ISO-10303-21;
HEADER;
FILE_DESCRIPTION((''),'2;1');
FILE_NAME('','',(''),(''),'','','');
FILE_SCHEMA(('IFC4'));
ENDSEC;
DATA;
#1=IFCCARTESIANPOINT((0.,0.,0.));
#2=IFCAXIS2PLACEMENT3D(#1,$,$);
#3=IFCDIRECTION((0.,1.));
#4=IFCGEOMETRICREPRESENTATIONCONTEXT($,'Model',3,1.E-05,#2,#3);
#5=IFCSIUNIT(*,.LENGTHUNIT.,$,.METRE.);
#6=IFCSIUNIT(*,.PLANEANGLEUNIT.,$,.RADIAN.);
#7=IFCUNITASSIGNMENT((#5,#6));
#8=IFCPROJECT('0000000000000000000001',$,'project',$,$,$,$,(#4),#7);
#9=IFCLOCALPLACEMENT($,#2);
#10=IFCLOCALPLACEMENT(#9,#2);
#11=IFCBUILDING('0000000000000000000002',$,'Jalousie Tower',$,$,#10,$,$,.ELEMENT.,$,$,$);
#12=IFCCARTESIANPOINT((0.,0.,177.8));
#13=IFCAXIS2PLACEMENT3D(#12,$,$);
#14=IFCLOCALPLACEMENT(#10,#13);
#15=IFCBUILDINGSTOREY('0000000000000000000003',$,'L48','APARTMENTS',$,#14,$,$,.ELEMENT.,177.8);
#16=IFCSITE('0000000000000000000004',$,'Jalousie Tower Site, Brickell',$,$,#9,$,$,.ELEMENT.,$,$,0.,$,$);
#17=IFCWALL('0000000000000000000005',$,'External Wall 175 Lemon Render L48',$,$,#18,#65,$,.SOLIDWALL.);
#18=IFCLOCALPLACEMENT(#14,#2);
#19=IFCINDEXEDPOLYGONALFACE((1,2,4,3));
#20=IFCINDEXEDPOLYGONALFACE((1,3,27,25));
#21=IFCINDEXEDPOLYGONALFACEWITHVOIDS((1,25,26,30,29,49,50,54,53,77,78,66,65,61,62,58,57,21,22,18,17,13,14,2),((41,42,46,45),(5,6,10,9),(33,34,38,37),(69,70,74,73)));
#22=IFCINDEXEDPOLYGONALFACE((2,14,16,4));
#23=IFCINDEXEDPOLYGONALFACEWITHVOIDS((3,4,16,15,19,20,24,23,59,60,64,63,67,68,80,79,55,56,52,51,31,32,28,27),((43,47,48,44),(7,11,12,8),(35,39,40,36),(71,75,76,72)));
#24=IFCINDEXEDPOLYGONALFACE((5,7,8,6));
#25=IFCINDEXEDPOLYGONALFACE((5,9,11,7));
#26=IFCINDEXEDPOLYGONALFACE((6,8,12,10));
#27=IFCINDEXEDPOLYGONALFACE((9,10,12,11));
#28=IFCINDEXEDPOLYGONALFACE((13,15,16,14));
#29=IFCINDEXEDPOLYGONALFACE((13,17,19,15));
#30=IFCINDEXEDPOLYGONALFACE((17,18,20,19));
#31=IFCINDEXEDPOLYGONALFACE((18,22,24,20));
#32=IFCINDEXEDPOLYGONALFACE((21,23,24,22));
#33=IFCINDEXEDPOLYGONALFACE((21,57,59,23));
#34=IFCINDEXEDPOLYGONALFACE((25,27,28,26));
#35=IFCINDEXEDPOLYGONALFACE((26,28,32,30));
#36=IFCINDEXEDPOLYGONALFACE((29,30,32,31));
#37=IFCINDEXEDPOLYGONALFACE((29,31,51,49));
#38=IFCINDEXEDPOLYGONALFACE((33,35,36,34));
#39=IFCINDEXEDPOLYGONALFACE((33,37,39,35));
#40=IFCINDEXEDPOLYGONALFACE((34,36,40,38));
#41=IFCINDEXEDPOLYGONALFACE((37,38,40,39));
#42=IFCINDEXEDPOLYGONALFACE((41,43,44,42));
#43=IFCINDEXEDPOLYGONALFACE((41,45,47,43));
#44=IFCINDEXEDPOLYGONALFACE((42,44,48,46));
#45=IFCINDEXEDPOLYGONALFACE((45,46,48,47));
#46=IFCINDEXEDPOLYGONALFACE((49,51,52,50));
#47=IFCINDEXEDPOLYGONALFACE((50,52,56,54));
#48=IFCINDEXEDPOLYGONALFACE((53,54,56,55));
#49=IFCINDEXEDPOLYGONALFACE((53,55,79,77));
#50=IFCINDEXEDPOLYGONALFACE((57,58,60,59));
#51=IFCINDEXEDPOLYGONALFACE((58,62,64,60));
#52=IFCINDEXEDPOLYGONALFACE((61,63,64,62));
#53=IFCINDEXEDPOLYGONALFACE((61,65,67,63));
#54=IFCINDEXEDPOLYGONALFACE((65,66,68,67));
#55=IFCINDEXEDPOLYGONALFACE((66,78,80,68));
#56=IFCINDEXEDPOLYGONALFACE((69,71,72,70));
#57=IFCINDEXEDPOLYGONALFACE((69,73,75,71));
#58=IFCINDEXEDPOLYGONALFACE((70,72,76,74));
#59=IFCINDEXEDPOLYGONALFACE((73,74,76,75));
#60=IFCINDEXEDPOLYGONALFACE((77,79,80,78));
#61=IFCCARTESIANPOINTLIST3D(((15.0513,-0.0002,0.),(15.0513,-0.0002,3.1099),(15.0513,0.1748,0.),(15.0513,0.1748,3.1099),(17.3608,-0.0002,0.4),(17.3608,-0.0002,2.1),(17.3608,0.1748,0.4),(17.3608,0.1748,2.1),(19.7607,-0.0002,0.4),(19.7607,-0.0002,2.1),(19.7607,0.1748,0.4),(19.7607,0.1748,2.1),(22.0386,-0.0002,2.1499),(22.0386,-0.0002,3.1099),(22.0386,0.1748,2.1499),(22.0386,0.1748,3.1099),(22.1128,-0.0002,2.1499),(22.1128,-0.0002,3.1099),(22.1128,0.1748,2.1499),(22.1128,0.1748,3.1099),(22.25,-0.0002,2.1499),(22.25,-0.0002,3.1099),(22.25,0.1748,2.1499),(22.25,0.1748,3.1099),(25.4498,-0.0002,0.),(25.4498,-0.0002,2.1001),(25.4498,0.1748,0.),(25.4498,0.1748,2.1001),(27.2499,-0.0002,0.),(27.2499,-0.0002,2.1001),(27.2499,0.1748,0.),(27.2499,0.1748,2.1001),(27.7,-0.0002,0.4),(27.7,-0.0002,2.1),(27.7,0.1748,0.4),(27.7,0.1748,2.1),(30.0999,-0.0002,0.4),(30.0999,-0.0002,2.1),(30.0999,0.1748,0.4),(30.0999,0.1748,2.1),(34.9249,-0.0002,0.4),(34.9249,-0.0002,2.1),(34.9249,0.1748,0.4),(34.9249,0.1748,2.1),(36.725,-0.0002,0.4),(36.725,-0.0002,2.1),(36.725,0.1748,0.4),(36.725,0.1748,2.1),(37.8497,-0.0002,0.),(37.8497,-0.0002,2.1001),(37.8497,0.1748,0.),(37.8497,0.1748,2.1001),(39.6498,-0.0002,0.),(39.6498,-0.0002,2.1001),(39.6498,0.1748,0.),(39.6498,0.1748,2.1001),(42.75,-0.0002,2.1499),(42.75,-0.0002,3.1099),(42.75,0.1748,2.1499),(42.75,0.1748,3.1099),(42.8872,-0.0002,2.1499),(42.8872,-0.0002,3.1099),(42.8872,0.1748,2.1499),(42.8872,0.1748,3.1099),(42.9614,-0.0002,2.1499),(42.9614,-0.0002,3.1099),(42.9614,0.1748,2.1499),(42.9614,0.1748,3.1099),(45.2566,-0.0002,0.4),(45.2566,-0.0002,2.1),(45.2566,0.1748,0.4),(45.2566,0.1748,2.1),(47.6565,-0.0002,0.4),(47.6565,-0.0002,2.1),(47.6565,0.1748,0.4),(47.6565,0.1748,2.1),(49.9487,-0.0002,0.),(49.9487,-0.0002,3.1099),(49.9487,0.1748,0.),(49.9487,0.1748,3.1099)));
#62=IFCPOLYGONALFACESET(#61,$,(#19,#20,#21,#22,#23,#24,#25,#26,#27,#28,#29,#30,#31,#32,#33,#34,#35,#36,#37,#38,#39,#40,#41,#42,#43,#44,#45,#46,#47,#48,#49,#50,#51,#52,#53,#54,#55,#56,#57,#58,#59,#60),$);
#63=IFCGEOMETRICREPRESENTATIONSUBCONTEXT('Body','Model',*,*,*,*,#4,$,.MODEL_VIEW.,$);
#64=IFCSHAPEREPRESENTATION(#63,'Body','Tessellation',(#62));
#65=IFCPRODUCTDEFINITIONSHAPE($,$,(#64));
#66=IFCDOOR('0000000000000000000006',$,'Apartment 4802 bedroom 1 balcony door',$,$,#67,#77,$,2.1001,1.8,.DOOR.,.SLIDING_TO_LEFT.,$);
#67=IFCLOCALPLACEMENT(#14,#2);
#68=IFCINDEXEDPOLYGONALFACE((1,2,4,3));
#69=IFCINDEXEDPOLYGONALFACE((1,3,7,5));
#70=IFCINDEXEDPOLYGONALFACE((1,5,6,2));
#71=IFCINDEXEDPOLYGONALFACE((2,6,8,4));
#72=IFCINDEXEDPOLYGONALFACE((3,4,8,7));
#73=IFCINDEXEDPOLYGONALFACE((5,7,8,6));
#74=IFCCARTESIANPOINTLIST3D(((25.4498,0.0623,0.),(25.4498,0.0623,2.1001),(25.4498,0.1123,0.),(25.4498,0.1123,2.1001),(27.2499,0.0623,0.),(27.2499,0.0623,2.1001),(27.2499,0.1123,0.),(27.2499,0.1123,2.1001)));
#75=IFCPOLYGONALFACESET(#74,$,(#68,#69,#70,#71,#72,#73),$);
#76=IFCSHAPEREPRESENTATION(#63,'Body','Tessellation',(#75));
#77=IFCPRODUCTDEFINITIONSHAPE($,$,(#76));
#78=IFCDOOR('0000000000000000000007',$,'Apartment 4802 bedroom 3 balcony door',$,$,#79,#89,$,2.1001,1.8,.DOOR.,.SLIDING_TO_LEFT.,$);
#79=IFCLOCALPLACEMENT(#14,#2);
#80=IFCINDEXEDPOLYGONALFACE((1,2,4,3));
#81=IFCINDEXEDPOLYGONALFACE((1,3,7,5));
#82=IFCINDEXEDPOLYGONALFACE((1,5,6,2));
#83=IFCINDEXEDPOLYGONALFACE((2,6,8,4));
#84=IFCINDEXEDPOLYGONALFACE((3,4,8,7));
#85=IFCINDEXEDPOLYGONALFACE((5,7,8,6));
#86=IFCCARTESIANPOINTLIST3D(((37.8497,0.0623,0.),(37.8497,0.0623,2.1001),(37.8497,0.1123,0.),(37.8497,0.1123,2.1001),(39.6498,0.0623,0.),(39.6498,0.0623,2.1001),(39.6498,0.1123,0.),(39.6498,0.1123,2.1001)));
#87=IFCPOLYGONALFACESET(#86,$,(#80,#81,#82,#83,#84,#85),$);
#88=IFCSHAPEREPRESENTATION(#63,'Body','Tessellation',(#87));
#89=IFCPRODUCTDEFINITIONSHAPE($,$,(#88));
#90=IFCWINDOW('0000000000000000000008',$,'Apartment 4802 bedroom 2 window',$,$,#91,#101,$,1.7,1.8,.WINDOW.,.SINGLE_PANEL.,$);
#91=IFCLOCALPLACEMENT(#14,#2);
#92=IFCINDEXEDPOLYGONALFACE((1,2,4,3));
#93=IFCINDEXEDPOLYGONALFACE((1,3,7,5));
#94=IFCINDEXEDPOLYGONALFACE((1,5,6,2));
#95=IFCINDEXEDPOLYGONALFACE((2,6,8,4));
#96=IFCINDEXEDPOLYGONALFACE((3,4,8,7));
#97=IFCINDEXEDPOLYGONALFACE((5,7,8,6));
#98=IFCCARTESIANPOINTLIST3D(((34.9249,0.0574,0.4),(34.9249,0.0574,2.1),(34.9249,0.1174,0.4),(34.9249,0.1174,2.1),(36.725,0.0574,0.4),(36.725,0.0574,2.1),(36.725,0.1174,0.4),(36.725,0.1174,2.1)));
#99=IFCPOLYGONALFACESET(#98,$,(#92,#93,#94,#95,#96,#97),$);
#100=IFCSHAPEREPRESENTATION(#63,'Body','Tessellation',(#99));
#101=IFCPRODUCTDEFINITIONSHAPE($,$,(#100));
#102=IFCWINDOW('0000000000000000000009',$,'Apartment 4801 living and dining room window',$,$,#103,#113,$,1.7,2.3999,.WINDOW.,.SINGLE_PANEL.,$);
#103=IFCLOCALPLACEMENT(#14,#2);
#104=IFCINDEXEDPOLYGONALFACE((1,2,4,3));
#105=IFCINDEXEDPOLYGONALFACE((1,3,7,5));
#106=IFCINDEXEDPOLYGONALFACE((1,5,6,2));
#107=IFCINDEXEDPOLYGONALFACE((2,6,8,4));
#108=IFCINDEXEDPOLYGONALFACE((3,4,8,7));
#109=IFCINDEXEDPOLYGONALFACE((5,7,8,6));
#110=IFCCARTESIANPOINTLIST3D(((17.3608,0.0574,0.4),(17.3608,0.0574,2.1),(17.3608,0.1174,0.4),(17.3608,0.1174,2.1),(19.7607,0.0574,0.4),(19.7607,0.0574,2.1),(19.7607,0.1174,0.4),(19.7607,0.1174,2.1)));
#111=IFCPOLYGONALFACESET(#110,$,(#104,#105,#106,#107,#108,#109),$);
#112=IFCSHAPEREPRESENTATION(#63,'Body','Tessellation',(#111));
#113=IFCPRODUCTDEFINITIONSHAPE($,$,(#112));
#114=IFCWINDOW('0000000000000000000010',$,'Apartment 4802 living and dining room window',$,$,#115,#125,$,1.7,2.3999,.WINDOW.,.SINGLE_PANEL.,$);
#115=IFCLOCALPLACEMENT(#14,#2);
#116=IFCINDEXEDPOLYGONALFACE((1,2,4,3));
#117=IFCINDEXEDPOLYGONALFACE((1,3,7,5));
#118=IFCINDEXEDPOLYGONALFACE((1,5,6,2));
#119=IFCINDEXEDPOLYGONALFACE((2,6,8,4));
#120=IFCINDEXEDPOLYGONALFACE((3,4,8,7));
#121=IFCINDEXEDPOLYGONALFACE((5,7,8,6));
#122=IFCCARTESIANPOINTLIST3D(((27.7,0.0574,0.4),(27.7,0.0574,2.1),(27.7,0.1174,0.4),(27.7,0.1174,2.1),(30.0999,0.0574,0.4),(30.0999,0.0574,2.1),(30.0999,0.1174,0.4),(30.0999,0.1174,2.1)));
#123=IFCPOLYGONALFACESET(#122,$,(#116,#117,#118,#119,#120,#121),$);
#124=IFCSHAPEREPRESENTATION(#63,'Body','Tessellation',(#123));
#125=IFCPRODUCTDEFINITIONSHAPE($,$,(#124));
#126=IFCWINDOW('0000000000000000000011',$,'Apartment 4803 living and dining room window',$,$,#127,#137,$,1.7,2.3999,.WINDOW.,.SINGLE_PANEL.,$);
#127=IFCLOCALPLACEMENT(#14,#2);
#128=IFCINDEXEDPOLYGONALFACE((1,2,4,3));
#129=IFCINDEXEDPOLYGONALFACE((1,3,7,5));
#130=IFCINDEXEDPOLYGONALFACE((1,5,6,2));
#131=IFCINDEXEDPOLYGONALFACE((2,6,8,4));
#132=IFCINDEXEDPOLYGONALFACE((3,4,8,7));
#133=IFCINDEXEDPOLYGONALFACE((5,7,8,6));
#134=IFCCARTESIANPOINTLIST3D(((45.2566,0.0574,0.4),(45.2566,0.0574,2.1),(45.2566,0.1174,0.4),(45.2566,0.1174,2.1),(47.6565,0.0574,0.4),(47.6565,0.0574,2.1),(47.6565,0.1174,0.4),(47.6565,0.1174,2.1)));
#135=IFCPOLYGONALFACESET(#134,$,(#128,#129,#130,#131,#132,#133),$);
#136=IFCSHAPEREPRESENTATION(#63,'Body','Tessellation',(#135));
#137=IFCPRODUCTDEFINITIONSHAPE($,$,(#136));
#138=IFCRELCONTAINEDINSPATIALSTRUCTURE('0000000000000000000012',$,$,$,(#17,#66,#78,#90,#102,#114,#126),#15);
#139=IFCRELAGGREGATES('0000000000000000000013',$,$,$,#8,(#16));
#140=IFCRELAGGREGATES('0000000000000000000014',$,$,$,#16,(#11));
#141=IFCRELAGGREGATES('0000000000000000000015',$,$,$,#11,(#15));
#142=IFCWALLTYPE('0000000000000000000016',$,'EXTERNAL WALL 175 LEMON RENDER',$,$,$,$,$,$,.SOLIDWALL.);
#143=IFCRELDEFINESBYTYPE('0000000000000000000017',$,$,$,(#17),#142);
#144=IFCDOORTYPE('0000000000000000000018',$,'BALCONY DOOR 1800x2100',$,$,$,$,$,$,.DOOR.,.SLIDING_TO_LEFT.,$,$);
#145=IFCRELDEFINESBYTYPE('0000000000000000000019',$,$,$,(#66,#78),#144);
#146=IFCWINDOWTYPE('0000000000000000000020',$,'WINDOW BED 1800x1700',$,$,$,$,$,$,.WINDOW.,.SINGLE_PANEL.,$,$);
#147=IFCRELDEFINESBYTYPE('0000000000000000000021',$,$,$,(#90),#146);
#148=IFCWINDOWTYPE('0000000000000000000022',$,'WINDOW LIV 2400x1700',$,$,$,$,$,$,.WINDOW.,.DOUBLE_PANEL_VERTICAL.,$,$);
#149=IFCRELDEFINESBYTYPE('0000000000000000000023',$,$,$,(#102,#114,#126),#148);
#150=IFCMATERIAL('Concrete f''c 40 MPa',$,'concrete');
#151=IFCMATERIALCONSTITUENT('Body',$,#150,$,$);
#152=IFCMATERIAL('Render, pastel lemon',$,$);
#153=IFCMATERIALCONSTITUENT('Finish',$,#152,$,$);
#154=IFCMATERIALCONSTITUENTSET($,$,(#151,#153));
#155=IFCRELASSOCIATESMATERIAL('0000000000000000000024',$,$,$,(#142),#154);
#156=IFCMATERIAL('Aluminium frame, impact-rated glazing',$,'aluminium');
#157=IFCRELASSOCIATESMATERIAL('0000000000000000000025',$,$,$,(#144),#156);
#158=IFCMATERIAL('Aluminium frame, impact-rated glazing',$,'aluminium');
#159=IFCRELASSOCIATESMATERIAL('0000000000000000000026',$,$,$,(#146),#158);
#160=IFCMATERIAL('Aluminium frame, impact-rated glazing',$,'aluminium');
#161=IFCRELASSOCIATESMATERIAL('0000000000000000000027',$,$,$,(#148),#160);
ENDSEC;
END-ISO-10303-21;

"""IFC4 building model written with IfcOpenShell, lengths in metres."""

from ifc_helpers import new_model, si_unit, direction, frame, frame_2d, origin, place, context, subcontext, project, spatial, polyline, rectangle, outline, extrude, material, constituent, constituent_set, type_object, element, fill, save


model = new_model("IFC4")

# Units and contexts
model_context = context("Model", 3, precision=1e-05, world=origin(), true_north=direction((0.0, 1.0)))
body_context = subcontext(model_context, "Body", "Model", "MODEL_VIEW")
ifc_project = project(units=[si_unit("LENGTHUNIT", "METRE"), si_unit("PLANEANGLEUNIT", "RADIAN")], contexts=[model_context])

# Site, building, storey
site_placement = place(None, origin())
site = spatial("IfcSite", under=ifc_project, at=site_placement, Name="Jalousie Tower Site, Brickell", CompositionType="ELEMENT", RefElevation=0.0)
building_placement = place(site_placement, origin())
building = spatial("IfcBuilding", under=site, at=building_placement, Name="Jalousie Tower", CompositionType="ELEMENT")
storey_placement = place(building_placement, frame((0.0, 0.0, 177.8)))
storey = spatial("IfcBuildingStorey", under=building, at=storey_placement, Name="L48", Description="APARTMENTS", CompositionType="ELEMENT", Elevation=177.8)

# Wall, openings, doors, windows
ifc_material_1 = material(Name="Concrete f'c 40 MPa", Category="concrete")
ifc_constituent_1 = constituent(ifc_material_1, Name="Body")
ifc_material_2 = material(Name="Render, pastel lemon")
ifc_constituent_2 = constituent(ifc_material_2, Name="Finish")
ifc_constituent_set = constituent_set(constituents=[ifc_constituent_1, ifc_constituent_2])
wall_type = type_object("IfcWallType", Name="EXTERNAL WALL 175 LEMON RENDER", PredefinedType="SOLIDWALL", material=ifc_constituent_set)
wall_placement = place(storey_placement, frame((15.0513, 0.0874, 0.0), z_axis=(0.0, 0.0, 1.0), x_axis=(1.0, 0.0, 0.0)))
wall = element("IfcWall", 1, at=wall_placement, inside=storey, type_object=wall_type, Name="External Wall 175 Lemon Render L48", PredefinedType="SOLIDWALL", context=body_context, shape_type="SweptSolid", body=[
    extrude(outline(polyline([(0.0, 0.0), (34.8975, 0.0), (34.8975, 3.1099), (27.9102, 3.1099), (27.9102, 2.1499), (27.8359, 2.1499), (27.8359, 3.1099), (27.6987, 3.1099), (27.6987, 2.1499), (7.1987, 2.1499), (7.1987, 3.1099), (7.0615, 3.1099), (7.0615, 2.1499), (6.9873, 2.1499), (6.9873, 3.1099), (0.0, 3.1099), (0.0, 0.0)])), frame((0.0, 0.0874, 0.0), z_axis=(0.0, -1.0, 0.0), x_axis=(1.0, 0.0, 0.0)), (0.0, 0.0, 1.0), 0.175),
])
opening_1_placement = place(wall_placement, frame((2.3096, 0.0, 0.3999)))
opening_1 = element("IfcOpeningElement", 2, at=opening_1_placement, cuts=wall, PredefinedType="OPENING", context=body_context, shape_type="SweptSolid", body=[
    extrude(rectangle(XDim=2.3999, YDim=1.7, at=frame_2d((1.2, 0.8501))), frame((0.0, 0.0974, 0.0), z_axis=(0.0, -1.0, 0.0), x_axis=(1.0, 0.0, 0.0)), (0.0, 0.0, 1.0), 0.1951),
])
opening_2_placement = place(wall_placement, frame((10.3987, 0.0, 0.0)))
opening_2 = element("IfcOpeningElement", 3, at=opening_2_placement, cuts=wall, PredefinedType="OPENING", context=body_context, shape_type="SweptSolid", body=[
    extrude(rectangle(XDim=1.8, YDim=2.1001, at=frame_2d((0.8999, 1.05))), frame((0.0, 0.0974, 0.0), z_axis=(0.0, -1.0, 0.0), x_axis=(1.0, 0.0, 0.0)), (0.0, 0.0, 1.0), 0.1951),
])
opening_3_placement = place(wall_placement, frame((12.6487, 0.0, 0.3999)))
opening_3 = element("IfcOpeningElement", 4, at=opening_3_placement, cuts=wall, PredefinedType="OPENING", context=body_context, shape_type="SweptSolid", body=[
    extrude(rectangle(XDim=2.3999, YDim=1.7, at=frame_2d((1.2, 0.8501))), frame((0.0, 0.0974, 0.0), z_axis=(0.0, -1.0, 0.0), x_axis=(1.0, 0.0, 0.0)), (0.0, 0.0, 1.0), 0.1951),
])
opening_4_placement = place(wall_placement, frame((19.8738, 0.0, 0.3999)))
opening_4 = element("IfcOpeningElement", 5, at=opening_4_placement, cuts=wall, PredefinedType="OPENING", context=body_context, shape_type="SweptSolid", body=[
    extrude(rectangle(XDim=1.8, YDim=1.7, at=frame_2d((0.8999, 0.8501))), frame((0.0, 0.0974, 0.0), z_axis=(0.0, -1.0, 0.0), x_axis=(1.0, 0.0, 0.0)), (0.0, 0.0, 1.0), 0.1951),
])
opening_5_placement = place(wall_placement, frame((22.7986, 0.0, 0.0)))
opening_5 = element("IfcOpeningElement", 6, at=opening_5_placement, cuts=wall, PredefinedType="OPENING", context=body_context, shape_type="SweptSolid", body=[
    extrude(rectangle(XDim=1.8, YDim=2.1001, at=frame_2d((0.8999, 1.05))), frame((0.0, 0.0974, 0.0), z_axis=(0.0, -1.0, 0.0), x_axis=(1.0, 0.0, 0.0)), (0.0, 0.0, 1.0), 0.1951),
])
opening_6_placement = place(wall_placement, frame((30.2053, 0.0, 0.3999)))
opening_6 = element("IfcOpeningElement", 7, at=opening_6_placement, cuts=wall, PredefinedType="OPENING", context=body_context, shape_type="SweptSolid", body=[
    extrude(rectangle(XDim=2.3999, YDim=1.7, at=frame_2d((1.2, 0.8501))), frame((0.0, 0.0974, 0.0), z_axis=(0.0, -1.0, 0.0), x_axis=(1.0, 0.0, 0.0)), (0.0, 0.0, 1.0), 0.1951),
])
ifc_material_3 = material(Name="Aluminium frame, impact-rated glazing", Category="aluminium")
door_type = type_object("IfcDoorType", Name="BALCONY DOOR 1800x2100", OperationType="SLIDING_TO_LEFT", PredefinedType="DOOR", material=ifc_material_3)
door_1_placement = place(opening_2_placement, origin())
door_1 = element("IfcDoor", 8, at=door_1_placement, inside=storey, type_object=door_type, Name="Apartment 4802 bedroom 1 balcony door", OperationType="SLIDING_TO_LEFT", OverallHeight=2.1001, OverallWidth=1.8, PredefinedType="DOOR", context=body_context, shape_type="SweptSolid", body=[
    extrude(rectangle(XDim=1.8, YDim=2.1001, at=frame_2d((0.8999, 1.05))), frame((0.0, 0.0249, 0.0), z_axis=(0.0, -1.0, 0.0), x_axis=(1.0, 0.0, 0.0)), (0.0, 0.0, 1.0), 0.05),
])
fill(opening_2, door_1)
door_2_placement = place(opening_5_placement, origin())
door_2 = element("IfcDoor", 9, at=door_2_placement, inside=storey, type_object=door_type, Name="Apartment 4802 bedroom 3 balcony door", OperationType="SLIDING_TO_LEFT", OverallHeight=2.1001, OverallWidth=1.8, PredefinedType="DOOR", context=body_context, shape_type="SweptSolid", body=[
    extrude(rectangle(XDim=1.8, YDim=2.1001, at=frame_2d((0.8999, 1.05))), frame((0.0, 0.0249, 0.0), z_axis=(0.0, -1.0, 0.0), x_axis=(1.0, 0.0, 0.0)), (0.0, 0.0, 1.0), 0.05),
])
fill(opening_5, door_2)
ifc_material_4 = material(Name="Aluminium frame, impact-rated glazing", Category="aluminium")
window_type_1 = type_object("IfcWindowType", Name="WINDOW BED 1800x1700", PartitioningType="SINGLE_PANEL", PredefinedType="WINDOW", material=ifc_material_4)
window_1_placement = place(opening_4_placement, origin())
window_1 = element("IfcWindow", 10, at=window_1_placement, inside=storey, type_object=window_type_1, Name="Apartment 4802 bedroom 2 window", OverallHeight=1.7, OverallWidth=1.8, PartitioningType="SINGLE_PANEL", PredefinedType="WINDOW", context=body_context, shape_type="SweptSolid", body=[
    extrude(rectangle(XDim=1.8, YDim=1.7, at=frame_2d((0.8999, 0.8501))), frame((0.0, 0.03, 0.0), z_axis=(0.0, -1.0, 0.0), x_axis=(1.0, 0.0, 0.0)), (0.0, 0.0, 1.0), 0.0601),
])
fill(opening_4, window_1)
ifc_material_5 = material(Name="Aluminium frame, impact-rated glazing", Category="aluminium")
window_type_2 = type_object("IfcWindowType", Name="WINDOW LIV 2400x1700", PartitioningType="DOUBLE_PANEL_VERTICAL", PredefinedType="WINDOW", material=ifc_material_5)
window_2_placement = place(opening_1_placement, origin())
window_2 = element("IfcWindow", 11, at=window_2_placement, inside=storey, type_object=window_type_2, Name="Apartment 4801 living and dining room window", OverallHeight=1.7, OverallWidth=2.3999, PartitioningType="SINGLE_PANEL", PredefinedType="WINDOW", context=body_context, shape_type="SweptSolid", body=[
    extrude(rectangle(XDim=2.3999, YDim=1.7, at=frame_2d((1.2, 0.8501))), frame((0.0, 0.03, 0.0), z_axis=(0.0, -1.0, 0.0), x_axis=(1.0, 0.0, 0.0)), (0.0, 0.0, 1.0), 0.0601),
])
fill(opening_1, window_2)
window_3_placement = place(opening_3_placement, origin())
window_3 = element("IfcWindow", 12, at=window_3_placement, inside=storey, type_object=window_type_2, Name="Apartment 4802 living and dining room window", OverallHeight=1.7, OverallWidth=2.3999, PartitioningType="SINGLE_PANEL", PredefinedType="WINDOW", context=body_context, shape_type="SweptSolid", body=[
    extrude(rectangle(XDim=2.3999, YDim=1.7, at=frame_2d((1.2, 0.8501))), frame((0.0, 0.03, 0.0), z_axis=(0.0, -1.0, 0.0), x_axis=(1.0, 0.0, 0.0)), (0.0, 0.0, 1.0), 0.0601),
])
fill(opening_3, window_3)
window_4_placement = place(opening_6_placement, origin())
window_4 = element("IfcWindow", 13, at=window_4_placement, inside=storey, type_object=window_type_2, Name="Apartment 4803 living and dining room window", OverallHeight=1.7, OverallWidth=2.3999, PartitioningType="SINGLE_PANEL", PredefinedType="WINDOW", context=body_context, shape_type="SweptSolid", body=[
    extrude(rectangle(XDim=2.3999, YDim=1.7, at=frame_2d((1.2, 0.8501))), frame((0.0, 0.03, 0.0), z_axis=(0.0, -1.0, 0.0), x_axis=(1.0, 0.0, 0.0)), (0.0, 0.0, 1.0), 0.0601),
])
fill(opening_6, window_4)

save(model, "model.ifc")
